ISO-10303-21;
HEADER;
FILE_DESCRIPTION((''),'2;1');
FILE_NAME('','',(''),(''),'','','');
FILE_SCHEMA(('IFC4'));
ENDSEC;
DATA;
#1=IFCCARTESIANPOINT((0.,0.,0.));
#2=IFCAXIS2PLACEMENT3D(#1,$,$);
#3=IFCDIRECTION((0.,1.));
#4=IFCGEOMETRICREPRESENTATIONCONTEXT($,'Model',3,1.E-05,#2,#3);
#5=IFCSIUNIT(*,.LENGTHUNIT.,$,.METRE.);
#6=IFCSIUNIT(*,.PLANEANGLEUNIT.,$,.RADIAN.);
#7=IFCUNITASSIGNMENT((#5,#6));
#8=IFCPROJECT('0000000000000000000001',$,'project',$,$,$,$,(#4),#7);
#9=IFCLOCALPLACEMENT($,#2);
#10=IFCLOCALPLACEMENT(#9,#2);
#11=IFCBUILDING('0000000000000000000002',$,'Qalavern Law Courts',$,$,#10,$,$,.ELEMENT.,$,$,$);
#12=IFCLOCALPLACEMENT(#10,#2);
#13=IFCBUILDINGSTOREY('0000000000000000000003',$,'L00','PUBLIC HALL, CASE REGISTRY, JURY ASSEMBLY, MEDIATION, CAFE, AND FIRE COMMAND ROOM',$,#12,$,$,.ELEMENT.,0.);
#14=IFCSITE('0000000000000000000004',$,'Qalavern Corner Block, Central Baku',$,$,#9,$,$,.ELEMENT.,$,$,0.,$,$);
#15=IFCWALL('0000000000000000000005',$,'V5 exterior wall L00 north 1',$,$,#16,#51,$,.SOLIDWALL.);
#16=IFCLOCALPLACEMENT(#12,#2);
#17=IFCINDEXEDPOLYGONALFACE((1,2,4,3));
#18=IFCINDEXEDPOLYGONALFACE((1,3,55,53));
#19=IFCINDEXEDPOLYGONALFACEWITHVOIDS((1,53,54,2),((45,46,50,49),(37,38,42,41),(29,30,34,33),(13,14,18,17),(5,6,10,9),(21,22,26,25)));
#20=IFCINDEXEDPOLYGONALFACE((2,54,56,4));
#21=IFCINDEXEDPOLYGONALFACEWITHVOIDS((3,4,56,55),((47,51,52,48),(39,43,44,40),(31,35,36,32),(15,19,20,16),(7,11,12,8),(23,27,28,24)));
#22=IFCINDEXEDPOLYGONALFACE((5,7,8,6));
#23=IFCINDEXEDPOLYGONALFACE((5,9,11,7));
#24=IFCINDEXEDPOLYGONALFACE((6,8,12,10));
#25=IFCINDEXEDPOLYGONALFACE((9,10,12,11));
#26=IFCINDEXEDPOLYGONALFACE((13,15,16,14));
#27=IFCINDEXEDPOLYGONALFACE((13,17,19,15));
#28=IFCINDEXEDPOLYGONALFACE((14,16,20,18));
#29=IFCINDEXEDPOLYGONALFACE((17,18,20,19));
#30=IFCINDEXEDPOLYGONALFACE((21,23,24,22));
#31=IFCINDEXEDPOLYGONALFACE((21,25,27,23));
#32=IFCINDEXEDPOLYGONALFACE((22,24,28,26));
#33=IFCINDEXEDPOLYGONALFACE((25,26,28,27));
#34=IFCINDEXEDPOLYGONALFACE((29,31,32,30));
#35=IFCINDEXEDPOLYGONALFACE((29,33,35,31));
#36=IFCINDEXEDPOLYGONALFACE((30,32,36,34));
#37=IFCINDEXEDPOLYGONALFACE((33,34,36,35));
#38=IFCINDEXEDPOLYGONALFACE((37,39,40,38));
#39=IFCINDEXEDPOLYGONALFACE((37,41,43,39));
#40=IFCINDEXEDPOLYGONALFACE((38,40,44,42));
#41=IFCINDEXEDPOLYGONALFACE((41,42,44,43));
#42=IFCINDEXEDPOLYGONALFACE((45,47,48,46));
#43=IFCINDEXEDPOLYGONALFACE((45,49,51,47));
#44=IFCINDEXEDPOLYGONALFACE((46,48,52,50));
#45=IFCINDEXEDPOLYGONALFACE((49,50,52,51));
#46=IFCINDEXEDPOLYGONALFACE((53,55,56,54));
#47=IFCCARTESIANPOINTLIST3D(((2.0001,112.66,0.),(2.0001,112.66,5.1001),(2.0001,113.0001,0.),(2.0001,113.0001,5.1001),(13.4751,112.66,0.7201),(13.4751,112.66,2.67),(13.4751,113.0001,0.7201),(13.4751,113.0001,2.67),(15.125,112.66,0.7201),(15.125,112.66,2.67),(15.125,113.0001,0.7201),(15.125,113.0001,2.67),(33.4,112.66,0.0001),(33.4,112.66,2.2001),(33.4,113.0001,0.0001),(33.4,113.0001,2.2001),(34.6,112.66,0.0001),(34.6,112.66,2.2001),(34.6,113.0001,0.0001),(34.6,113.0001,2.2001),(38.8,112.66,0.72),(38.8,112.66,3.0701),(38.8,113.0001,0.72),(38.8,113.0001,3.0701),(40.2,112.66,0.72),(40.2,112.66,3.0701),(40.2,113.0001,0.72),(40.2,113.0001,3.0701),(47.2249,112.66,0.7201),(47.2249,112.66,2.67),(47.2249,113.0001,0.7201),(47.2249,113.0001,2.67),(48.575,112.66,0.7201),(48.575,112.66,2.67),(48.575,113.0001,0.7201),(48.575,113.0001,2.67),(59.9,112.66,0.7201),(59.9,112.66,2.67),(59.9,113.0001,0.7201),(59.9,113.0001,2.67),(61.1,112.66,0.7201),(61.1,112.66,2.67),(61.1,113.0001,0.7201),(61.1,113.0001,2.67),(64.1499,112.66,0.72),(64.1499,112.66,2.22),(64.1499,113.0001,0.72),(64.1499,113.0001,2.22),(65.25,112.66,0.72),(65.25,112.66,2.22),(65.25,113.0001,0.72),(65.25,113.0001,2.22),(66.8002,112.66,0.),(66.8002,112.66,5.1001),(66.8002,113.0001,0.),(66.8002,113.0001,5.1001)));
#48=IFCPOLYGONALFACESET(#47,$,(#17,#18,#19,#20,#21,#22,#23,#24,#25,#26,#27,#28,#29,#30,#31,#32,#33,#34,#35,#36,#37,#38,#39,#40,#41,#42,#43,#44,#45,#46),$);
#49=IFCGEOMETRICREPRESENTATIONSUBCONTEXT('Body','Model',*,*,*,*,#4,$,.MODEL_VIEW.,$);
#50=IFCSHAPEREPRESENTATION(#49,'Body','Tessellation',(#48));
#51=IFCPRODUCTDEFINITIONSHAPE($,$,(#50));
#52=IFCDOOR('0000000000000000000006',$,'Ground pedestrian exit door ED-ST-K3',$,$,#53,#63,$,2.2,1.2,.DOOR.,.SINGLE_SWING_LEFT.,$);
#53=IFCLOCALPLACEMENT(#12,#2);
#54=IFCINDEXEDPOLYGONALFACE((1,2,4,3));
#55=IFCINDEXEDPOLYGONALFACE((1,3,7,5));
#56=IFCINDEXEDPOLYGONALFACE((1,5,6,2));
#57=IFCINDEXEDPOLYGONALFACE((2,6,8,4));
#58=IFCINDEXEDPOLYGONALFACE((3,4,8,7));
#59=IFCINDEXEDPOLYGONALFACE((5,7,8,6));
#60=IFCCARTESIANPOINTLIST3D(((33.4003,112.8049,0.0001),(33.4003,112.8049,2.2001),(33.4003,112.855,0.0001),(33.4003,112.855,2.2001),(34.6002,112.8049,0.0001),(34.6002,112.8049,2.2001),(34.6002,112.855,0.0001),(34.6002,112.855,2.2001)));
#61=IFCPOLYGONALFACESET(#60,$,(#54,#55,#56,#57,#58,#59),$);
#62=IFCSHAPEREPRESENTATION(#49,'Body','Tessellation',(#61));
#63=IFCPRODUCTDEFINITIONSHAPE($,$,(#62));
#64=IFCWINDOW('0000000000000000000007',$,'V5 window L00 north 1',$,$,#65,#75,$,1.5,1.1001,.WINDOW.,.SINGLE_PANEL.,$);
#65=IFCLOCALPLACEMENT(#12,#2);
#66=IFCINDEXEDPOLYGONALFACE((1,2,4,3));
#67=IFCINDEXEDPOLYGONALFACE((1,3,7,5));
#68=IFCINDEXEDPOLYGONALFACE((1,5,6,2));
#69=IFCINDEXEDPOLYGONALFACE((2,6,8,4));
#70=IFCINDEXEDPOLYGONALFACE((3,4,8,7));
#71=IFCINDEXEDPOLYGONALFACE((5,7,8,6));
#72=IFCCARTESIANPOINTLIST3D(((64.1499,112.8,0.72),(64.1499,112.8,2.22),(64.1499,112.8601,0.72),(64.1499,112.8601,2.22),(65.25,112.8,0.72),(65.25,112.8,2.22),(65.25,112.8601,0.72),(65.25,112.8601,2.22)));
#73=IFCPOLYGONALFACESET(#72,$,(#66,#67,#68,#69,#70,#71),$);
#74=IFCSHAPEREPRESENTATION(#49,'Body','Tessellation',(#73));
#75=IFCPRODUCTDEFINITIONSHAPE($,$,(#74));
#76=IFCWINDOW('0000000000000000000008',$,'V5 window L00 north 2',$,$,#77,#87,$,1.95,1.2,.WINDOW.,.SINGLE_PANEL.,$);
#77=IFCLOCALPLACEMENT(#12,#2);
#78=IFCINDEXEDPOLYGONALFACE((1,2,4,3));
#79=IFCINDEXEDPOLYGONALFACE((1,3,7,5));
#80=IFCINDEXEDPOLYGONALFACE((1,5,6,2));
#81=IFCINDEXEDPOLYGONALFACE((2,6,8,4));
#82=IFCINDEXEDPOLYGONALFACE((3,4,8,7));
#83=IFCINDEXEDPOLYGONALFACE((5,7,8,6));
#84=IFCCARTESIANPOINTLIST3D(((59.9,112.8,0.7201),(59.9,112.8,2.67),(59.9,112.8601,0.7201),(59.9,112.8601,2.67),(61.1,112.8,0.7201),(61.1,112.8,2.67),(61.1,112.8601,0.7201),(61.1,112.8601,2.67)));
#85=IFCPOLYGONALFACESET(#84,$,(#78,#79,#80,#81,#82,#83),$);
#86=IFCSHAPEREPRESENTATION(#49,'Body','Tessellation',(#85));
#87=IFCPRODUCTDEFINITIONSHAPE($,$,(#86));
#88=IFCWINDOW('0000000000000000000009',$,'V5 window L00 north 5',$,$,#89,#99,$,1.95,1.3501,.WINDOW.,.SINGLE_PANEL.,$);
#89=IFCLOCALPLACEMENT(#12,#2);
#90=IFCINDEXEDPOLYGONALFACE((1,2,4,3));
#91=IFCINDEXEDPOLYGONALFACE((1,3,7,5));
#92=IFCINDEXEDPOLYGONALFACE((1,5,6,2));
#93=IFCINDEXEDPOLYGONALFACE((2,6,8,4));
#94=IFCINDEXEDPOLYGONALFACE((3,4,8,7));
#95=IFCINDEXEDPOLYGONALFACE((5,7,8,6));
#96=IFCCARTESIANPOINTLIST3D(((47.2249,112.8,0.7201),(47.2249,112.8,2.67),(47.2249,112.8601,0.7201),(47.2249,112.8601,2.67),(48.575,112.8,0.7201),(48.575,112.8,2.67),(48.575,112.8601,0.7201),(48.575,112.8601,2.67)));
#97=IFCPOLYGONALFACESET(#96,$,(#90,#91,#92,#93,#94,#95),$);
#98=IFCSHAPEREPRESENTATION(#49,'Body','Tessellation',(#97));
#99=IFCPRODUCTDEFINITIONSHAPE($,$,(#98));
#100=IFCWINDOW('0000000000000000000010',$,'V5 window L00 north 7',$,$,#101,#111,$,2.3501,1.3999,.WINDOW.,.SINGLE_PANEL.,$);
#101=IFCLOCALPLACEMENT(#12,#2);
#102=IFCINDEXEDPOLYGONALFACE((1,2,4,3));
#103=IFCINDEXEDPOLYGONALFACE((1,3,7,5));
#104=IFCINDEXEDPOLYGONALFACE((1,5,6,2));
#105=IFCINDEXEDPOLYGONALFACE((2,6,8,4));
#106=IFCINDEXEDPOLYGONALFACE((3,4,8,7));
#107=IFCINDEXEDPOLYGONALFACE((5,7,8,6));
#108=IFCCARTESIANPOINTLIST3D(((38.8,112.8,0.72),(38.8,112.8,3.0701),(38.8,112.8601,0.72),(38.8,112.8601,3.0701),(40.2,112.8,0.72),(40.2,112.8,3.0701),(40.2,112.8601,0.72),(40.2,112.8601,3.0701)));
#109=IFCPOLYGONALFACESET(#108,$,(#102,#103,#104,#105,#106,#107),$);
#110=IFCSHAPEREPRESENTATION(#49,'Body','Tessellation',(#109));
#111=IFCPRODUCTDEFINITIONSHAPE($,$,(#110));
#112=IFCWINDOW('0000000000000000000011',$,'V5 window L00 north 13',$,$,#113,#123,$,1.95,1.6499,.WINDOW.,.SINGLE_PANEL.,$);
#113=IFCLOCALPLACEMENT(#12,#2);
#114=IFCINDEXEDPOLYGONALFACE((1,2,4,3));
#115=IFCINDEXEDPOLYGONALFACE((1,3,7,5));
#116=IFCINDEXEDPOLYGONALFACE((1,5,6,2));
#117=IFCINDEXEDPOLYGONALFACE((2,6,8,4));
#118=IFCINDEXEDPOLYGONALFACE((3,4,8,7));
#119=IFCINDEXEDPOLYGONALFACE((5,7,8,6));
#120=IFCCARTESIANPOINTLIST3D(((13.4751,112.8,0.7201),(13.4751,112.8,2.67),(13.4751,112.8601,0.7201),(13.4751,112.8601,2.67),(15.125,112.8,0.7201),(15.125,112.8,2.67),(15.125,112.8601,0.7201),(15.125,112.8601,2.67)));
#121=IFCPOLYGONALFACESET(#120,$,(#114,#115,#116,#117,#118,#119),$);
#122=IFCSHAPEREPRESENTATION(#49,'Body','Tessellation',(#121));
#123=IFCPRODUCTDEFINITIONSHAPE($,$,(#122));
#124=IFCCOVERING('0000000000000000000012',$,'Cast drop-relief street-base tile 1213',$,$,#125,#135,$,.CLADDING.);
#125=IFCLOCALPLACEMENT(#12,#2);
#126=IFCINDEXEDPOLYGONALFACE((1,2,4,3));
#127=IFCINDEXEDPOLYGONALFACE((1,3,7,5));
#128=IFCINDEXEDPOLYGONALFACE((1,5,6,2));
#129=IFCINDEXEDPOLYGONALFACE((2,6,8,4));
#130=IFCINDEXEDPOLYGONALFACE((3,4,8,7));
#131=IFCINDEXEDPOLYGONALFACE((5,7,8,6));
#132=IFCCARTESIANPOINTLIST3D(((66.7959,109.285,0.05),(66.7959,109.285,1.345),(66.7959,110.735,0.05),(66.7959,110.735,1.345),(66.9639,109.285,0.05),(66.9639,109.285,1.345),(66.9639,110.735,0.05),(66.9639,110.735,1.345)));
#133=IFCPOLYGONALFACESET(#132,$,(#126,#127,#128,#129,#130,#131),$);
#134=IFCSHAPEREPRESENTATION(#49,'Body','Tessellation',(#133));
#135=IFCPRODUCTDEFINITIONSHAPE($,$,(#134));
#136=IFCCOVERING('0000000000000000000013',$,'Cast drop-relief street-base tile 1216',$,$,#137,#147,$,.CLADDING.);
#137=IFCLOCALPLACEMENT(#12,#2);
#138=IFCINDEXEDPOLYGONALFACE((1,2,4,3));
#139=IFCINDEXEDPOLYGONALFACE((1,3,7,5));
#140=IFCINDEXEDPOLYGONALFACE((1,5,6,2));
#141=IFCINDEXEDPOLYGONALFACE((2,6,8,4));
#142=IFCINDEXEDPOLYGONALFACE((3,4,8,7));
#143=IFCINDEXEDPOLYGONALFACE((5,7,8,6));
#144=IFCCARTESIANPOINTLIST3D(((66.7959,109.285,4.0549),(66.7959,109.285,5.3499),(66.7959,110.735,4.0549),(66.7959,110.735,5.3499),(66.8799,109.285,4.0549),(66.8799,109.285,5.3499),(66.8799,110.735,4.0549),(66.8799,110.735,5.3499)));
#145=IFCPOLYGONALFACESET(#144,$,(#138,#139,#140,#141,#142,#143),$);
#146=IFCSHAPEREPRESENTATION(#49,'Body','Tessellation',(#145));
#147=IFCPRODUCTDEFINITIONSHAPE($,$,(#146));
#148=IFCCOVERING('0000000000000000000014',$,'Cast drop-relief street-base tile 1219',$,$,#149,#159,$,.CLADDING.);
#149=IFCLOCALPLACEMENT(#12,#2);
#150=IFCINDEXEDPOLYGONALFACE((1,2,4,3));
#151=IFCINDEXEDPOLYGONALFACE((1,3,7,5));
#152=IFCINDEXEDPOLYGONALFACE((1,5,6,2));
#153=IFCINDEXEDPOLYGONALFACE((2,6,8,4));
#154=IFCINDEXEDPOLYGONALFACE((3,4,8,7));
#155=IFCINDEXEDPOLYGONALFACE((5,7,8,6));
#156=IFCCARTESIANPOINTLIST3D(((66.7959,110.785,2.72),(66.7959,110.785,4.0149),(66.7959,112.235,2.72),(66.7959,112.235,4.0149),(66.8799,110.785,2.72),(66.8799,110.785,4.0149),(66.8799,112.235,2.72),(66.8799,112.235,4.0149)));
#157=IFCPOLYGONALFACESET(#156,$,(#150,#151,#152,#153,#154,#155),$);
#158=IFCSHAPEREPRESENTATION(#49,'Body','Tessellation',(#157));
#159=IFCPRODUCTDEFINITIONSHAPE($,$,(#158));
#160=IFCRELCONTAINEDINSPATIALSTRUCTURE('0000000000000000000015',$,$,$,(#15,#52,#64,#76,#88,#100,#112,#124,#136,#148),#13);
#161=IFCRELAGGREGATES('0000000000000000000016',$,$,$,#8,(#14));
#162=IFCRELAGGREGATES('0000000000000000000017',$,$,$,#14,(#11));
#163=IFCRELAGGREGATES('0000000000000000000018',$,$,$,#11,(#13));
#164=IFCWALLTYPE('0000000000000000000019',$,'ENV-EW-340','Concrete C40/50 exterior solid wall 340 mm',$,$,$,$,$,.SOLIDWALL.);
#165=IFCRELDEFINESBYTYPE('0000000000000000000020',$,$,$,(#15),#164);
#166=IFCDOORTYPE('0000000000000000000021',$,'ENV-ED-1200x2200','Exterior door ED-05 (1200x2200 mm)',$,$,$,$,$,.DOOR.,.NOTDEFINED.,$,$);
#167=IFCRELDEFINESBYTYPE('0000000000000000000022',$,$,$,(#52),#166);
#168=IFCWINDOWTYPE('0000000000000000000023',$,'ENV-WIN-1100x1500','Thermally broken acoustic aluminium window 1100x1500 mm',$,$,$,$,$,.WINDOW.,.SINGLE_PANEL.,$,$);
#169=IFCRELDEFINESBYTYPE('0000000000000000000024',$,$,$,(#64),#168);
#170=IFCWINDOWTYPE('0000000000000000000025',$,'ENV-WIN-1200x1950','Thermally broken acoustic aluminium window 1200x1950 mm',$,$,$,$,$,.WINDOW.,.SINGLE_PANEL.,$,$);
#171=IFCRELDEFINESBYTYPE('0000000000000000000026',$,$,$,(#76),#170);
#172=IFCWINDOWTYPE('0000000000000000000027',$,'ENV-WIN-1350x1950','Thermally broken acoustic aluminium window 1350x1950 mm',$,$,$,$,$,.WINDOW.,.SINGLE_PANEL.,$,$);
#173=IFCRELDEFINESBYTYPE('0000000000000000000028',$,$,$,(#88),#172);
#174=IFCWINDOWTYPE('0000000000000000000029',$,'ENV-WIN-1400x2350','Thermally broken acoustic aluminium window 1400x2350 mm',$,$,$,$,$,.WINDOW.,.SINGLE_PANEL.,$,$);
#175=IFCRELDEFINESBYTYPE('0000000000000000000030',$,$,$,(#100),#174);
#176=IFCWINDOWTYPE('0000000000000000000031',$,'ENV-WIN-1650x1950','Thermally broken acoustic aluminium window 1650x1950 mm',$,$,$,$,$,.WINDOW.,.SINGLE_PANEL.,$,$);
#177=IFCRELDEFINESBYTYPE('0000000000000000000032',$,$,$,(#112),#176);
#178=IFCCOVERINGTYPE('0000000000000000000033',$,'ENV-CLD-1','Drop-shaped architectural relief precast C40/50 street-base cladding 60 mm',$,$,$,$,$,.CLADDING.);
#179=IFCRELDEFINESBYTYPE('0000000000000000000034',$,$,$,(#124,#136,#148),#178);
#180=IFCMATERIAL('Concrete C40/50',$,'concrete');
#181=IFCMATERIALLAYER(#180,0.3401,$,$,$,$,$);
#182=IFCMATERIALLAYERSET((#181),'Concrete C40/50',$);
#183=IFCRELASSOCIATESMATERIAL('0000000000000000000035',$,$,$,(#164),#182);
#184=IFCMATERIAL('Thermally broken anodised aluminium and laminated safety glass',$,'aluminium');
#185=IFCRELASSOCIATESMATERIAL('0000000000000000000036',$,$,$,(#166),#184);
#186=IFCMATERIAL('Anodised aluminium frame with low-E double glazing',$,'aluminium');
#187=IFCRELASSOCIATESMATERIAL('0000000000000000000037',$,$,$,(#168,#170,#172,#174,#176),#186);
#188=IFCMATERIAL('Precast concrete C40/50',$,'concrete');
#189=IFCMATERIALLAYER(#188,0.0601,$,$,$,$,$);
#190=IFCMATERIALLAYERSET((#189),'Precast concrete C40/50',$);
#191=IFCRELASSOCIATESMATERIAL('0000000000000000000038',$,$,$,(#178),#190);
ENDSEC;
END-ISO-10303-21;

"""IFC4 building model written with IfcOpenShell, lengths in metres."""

from ifc_helpers import new_model, si_unit, direction, frame, frame_2d, origin, origin_2d, place, context, subcontext, project, spatial, rectangle, extrude, material, layer, layer_set, type_object, element, fill, save


model = new_model("IFC4")

# Units and contexts
model_context = context("Model", 3, precision=1e-05, world=origin(), true_north=direction((0.0, 1.0)))
body_context = subcontext(model_context, "Body", "Model", "MODEL_VIEW")
ifc_project = project(units=[si_unit("LENGTHUNIT", "METRE"), si_unit("PLANEANGLEUNIT", "RADIAN")], contexts=[model_context])

# Site, building, storey
site_placement = place(None, origin())
site = spatial("IfcSite", under=ifc_project, at=site_placement, Name="Qalavern Corner Block, Central Baku", CompositionType="ELEMENT", RefElevation=0.0)
building_placement = place(site_placement, origin())
building = spatial("IfcBuilding", under=site, at=building_placement, Name="Qalavern Law Courts", CompositionType="ELEMENT")
storey_placement = place(building_placement, origin())
storey = spatial("IfcBuildingStorey", under=building, at=storey_placement, Name="L00", Description="PUBLIC HALL, CASE REGISTRY, JURY ASSEMBLY, MEDIATION, CAFE, AND FIRE COMMAND ROOM", CompositionType="ELEMENT", Elevation=0.0)

# Wall, openings, door, windows
ifc_material_1 = material(Name="Concrete C40/50", Category="concrete")
ifc_layer_1 = layer(ifc_material_1, 0.3401)
ifc_layer_set_1 = layer_set([ifc_layer_1], Name="Concrete C40/50")
wall_type = type_object("IfcWallType", Name="ENV-EW-340", Description="Concrete C40/50 exterior solid wall 340 mm", PredefinedType="SOLIDWALL", material=ifc_layer_set_1)
wall_placement = place(storey_placement, frame((66.8, 112.8301, 0.0), z_axis=(0.0, 0.0, 1.0), x_axis=(-1.0, 0.0, 0.0)))
wall = element("IfcWall", 1, at=wall_placement, inside=storey, type_object=wall_type, Name="V5 exterior wall L00 north 1", PredefinedType="SOLIDWALL", context=body_context, shape_type="SweptSolid", body=[
    extrude(rectangle(XDim=64.8, YDim=0.3401, at=frame_2d((32.3999, 0.0))), origin(), (0.0, 0.0, 1.0), 5.1001),
])
opening_1_placement = place(wall_placement, frame((32.2, 0.0, 0.0)))
opening_1 = element("IfcOpeningElement", 2, at=opening_1_placement, cuts=wall, PredefinedType="OPENING", context=body_context, shape_type="SweptSolid", body=[
    extrude(rectangle(XDim=1.2, YDim=2.2, at=frame_2d((0.6001, 1.1001))), frame((0.0, 0.1851, 0.0), z_axis=(0.0, -1.0, 0.0), x_axis=(1.0, 0.0, 0.0)), (0.0, 0.0, 1.0), 0.3699),
])
opening_2_placement = place(wall_placement, frame((1.55, 0.0, 0.72)))
opening_2 = element("IfcOpeningElement", 3, at=opening_2_placement, cuts=wall, PredefinedType="OPENING", context=body_context, shape_type="SweptSolid", body=[
    extrude(rectangle(XDim=1.1001, YDim=1.5, at=frame_2d((0.55, 0.75))), frame((0.0, 0.1851, 0.0), z_axis=(0.0, -1.0, 0.0), x_axis=(1.0, 0.0, 0.0)), (0.0, 0.0, 1.0), 0.3699),
])
opening_3_placement = place(wall_placement, frame((5.7, 0.0, 0.72)))
opening_3 = element("IfcOpeningElement", 4, at=opening_3_placement, cuts=wall, PredefinedType="OPENING", context=body_context, shape_type="SweptSolid", body=[
    extrude(rectangle(XDim=1.2, YDim=1.95, at=frame_2d((0.6001, 0.9751))), frame((0.0, 0.1851, 0.0), z_axis=(0.0, -1.0, 0.0), x_axis=(1.0, 0.0, 0.0)), (0.0, 0.0, 1.0), 0.3699),
])
opening_4_placement = place(wall_placement, frame((18.2251, 0.0, 0.72)))
opening_4 = element("IfcOpeningElement", 5, at=opening_4_placement, cuts=wall, PredefinedType="OPENING", context=body_context, shape_type="SweptSolid", body=[
    extrude(rectangle(XDim=1.3501, YDim=1.95, at=frame_2d((0.675, 0.9751))), frame((0.0, 0.1851, 0.0), z_axis=(0.0, -1.0, 0.0), x_axis=(1.0, 0.0, 0.0)), (0.0, 0.0, 1.0), 0.3699),
])
opening_5_placement = place(wall_placement, frame((26.6001, 0.0, 0.72)))
opening_5 = element("IfcOpeningElement", 6, at=opening_5_placement, cuts=wall, PredefinedType="OPENING", context=body_context, shape_type="SweptSolid", body=[
    extrude(rectangle(XDim=1.3999, YDim=2.3501, at=frame_2d((0.7, 1.175))), frame((0.0, 0.1851, 0.0), z_axis=(0.0, -1.0, 0.0), x_axis=(1.0, 0.0, 0.0)), (0.0, 0.0, 1.0), 0.3699),
])
opening_6_placement = place(wall_placement, frame((51.675, 0.0, 0.72)))
opening_6 = element("IfcOpeningElement", 7, at=opening_6_placement, cuts=wall, PredefinedType="OPENING", context=body_context, shape_type="SweptSolid", body=[
    extrude(rectangle(XDim=1.6499, YDim=1.95, at=frame_2d((0.825, 0.9751))), frame((0.0, 0.1851, 0.0), z_axis=(0.0, -1.0, 0.0), x_axis=(1.0, 0.0, 0.0)), (0.0, 0.0, 1.0), 0.3699),
])
ifc_material_2 = material(Name="Thermally broken anodised aluminium and laminated safety glass", Category="aluminium")
door_type = type_object("IfcDoorType", Name="ENV-ED-1200x2200", Description="Exterior door ED-05 (1200x2200 mm)", OperationType="NOTDEFINED", PredefinedType="DOOR", material=ifc_material_2)
door_placement = place(opening_1_placement, frame((1.2, 0.0, 0.0), z_axis=(0.0, 0.0, 1.0), x_axis=(-1.0, 0.0, 0.0)))
door = element("IfcDoor", 8, at=door_placement, inside=storey, type_object=door_type, Name="Ground pedestrian exit door ED-ST-K3", OperationType="SINGLE_SWING_LEFT", OverallHeight=2.2, OverallWidth=1.2, PredefinedType="DOOR", context=body_context, shape_type="SweptSolid", body=[
    extrude(rectangle(XDim=1.2, YDim=2.2, at=frame_2d((0.6001, 1.1001))), frame((0.0, 0.0249, 0.0), z_axis=(0.0, -1.0, 0.0), x_axis=(1.0, 0.0, 0.0)), (0.0, 0.0, 1.0), 0.05),
])
fill(opening_1, door)
ifc_material_3 = material(Name="Anodised aluminium frame with low-E double glazing", Category="aluminium")
window_type_1 = type_object("IfcWindowType", Name="ENV-WIN-1100x1500", Description="Thermally broken acoustic aluminium window 1100x1500 mm", PartitioningType="SINGLE_PANEL", PredefinedType="WINDOW", material=ifc_material_3)
window_1_placement = place(opening_2_placement, origin())
window_1 = element("IfcWindow", 9, at=window_1_placement, inside=storey, type_object=window_type_1, Name="V5 window L00 north 1", OverallHeight=1.5, OverallWidth=1.1001, PartitioningType="SINGLE_PANEL", PredefinedType="WINDOW", context=body_context, shape_type="SweptSolid", body=[
    extrude(rectangle(XDim=1.1001, YDim=1.5, at=frame_2d((0.55, 0.75))), frame((0.0, 0.03, 0.0), z_axis=(0.0, -1.0, 0.0), x_axis=(1.0, 0.0, 0.0)), (0.0, 0.0, 1.0), 0.0601),
])
fill(opening_2, window_1)
window_type_2 = type_object("IfcWindowType", Name="ENV-WIN-1200x1950", Description="Thermally broken acoustic aluminium window 1200x1950 mm", PartitioningType="SINGLE_PANEL", PredefinedType="WINDOW", material=ifc_material_3)
window_2_placement = place(opening_3_placement, origin())
window_2 = element("IfcWindow", 10, at=window_2_placement, inside=storey, type_object=window_type_2, Name="V5 window L00 north 2", OverallHeight=1.95, OverallWidth=1.2, PartitioningType="SINGLE_PANEL", PredefinedType="WINDOW", context=body_context, shape_type="SweptSolid", body=[
    extrude(rectangle(XDim=1.2, YDim=1.95, at=frame_2d((0.6001, 0.9751))), frame((0.0, 0.03, 0.0), z_axis=(0.0, -1.0, 0.0), x_axis=(1.0, 0.0, 0.0)), (0.0, 0.0, 1.0), 0.0601),
])
fill(opening_3, window_2)
window_type_3 = type_object("IfcWindowType", Name="ENV-WIN-1350x1950", Description="Thermally broken acoustic aluminium window 1350x1950 mm", PartitioningType="SINGLE_PANEL", PredefinedType="WINDOW", material=ifc_material_3)
window_3_placement = place(opening_4_placement, origin())
window_3 = element("IfcWindow", 11, at=window_3_placement, inside=storey, type_object=window_type_3, Name="V5 window L00 north 5", OverallHeight=1.95, OverallWidth=1.3501, PartitioningType="SINGLE_PANEL", PredefinedType="WINDOW", context=body_context, shape_type="SweptSolid", body=[
    extrude(rectangle(XDim=1.3501, YDim=1.95, at=frame_2d((0.675, 0.9751))), frame((0.0, 0.03, 0.0), z_axis=(0.0, -1.0, 0.0), x_axis=(1.0, 0.0, 0.0)), (0.0, 0.0, 1.0), 0.0601),
])
fill(opening_4, window_3)
window_type_4 = type_object("IfcWindowType", Name="ENV-WIN-1400x2350", Description="Thermally broken acoustic aluminium window 1400x2350 mm", PartitioningType="SINGLE_PANEL", PredefinedType="WINDOW", material=ifc_material_3)
window_4_placement = place(opening_5_placement, origin())
window_4 = element("IfcWindow", 12, at=window_4_placement, inside=storey, type_object=window_type_4, Name="V5 window L00 north 7", OverallHeight=2.3501, OverallWidth=1.3999, PartitioningType="SINGLE_PANEL", PredefinedType="WINDOW", context=body_context, shape_type="SweptSolid", body=[
    extrude(rectangle(XDim=1.3999, YDim=2.3501, at=frame_2d((0.7, 1.175))), frame((0.0, 0.03, 0.0), z_axis=(0.0, -1.0, 0.0), x_axis=(1.0, 0.0, 0.0)), (0.0, 0.0, 1.0), 0.0601),
])
fill(opening_5, window_4)
window_type_5 = type_object("IfcWindowType", Name="ENV-WIN-1650x1950", Description="Thermally broken acoustic aluminium window 1650x1950 mm", PartitioningType="SINGLE_PANEL", PredefinedType="WINDOW", material=ifc_material_3)
window_5_placement = place(opening_6_placement, origin())
window_5 = element("IfcWindow", 13, at=window_5_placement, inside=storey, type_object=window_type_5, Name="V5 window L00 north 13", OverallHeight=1.95, OverallWidth=1.6499, PartitioningType="SINGLE_PANEL", PredefinedType="WINDOW", context=body_context, shape_type="SweptSolid", body=[
    extrude(rectangle(XDim=1.6499, YDim=1.95, at=frame_2d((0.825, 0.9751))), frame((0.0, 0.03, 0.0), z_axis=(0.0, -1.0, 0.0), x_axis=(1.0, 0.0, 0.0)), (0.0, 0.0, 1.0), 0.0601),
])
fill(opening_6, window_5)

# Coverings
ifc_material_4 = material(Name="Precast concrete C40/50", Category="concrete")
ifc_layer_2 = layer(ifc_material_4, 0.0601)
ifc_layer_set_2 = layer_set([ifc_layer_2], Name="Precast concrete C40/50")
covering_type_1 = type_object("IfcCoveringType", Name="ENV-CLD-1", Description="Drop-shaped architectural relief precast C40/50 street-base cladding 60 mm", PredefinedType="CLADDING", material=ifc_layer_set_2)
covering_1_placement = place(storey_placement, frame((66.8799, 110.01, 0.05), z_axis=(0.0, 0.0, 1.0), x_axis=(0.0, 1.0, 0.0)))
element("IfcCovering", 14, at=covering_1_placement, inside=storey, type_object=covering_type_1, Name="Cast drop-relief street-base tile 1213", PredefinedType="CLADDING", context=body_context, shape_type="SweptSolid", body=[
    extrude(rectangle(XDim=1.45, YDim=0.168, at=origin_2d()), origin(), (0.0, 0.0, 1.0), 1.2949),
])
for number, where, z_axis, x_axis, name in (
    (15, (66.8379, 110.01, 4.0549), (0.0, 0.0, 1.0), (0.0, 1.0, 0.0), "Cast drop-relief street-base tile 1216"),
    (16, (66.8379, 111.51, 2.72), (0.0, 0.0, 1.0), (0.0, 1.0, 0.0), "Cast drop-relief street-base tile 1219"),
):
    element("IfcCovering", number, at=place(storey_placement, frame(where, z_axis=z_axis, x_axis=x_axis)), inside=storey, type_object=covering_type_1, Name=name, PredefinedType="CLADDING", context=body_context, shape_type="SweptSolid", body=[
        extrude(rectangle(XDim=1.45, YDim=0.084, at=origin_2d()), origin(), (0.0, 0.0, 1.0), 1.2949),
    ])

save(model, "model.ifc")
